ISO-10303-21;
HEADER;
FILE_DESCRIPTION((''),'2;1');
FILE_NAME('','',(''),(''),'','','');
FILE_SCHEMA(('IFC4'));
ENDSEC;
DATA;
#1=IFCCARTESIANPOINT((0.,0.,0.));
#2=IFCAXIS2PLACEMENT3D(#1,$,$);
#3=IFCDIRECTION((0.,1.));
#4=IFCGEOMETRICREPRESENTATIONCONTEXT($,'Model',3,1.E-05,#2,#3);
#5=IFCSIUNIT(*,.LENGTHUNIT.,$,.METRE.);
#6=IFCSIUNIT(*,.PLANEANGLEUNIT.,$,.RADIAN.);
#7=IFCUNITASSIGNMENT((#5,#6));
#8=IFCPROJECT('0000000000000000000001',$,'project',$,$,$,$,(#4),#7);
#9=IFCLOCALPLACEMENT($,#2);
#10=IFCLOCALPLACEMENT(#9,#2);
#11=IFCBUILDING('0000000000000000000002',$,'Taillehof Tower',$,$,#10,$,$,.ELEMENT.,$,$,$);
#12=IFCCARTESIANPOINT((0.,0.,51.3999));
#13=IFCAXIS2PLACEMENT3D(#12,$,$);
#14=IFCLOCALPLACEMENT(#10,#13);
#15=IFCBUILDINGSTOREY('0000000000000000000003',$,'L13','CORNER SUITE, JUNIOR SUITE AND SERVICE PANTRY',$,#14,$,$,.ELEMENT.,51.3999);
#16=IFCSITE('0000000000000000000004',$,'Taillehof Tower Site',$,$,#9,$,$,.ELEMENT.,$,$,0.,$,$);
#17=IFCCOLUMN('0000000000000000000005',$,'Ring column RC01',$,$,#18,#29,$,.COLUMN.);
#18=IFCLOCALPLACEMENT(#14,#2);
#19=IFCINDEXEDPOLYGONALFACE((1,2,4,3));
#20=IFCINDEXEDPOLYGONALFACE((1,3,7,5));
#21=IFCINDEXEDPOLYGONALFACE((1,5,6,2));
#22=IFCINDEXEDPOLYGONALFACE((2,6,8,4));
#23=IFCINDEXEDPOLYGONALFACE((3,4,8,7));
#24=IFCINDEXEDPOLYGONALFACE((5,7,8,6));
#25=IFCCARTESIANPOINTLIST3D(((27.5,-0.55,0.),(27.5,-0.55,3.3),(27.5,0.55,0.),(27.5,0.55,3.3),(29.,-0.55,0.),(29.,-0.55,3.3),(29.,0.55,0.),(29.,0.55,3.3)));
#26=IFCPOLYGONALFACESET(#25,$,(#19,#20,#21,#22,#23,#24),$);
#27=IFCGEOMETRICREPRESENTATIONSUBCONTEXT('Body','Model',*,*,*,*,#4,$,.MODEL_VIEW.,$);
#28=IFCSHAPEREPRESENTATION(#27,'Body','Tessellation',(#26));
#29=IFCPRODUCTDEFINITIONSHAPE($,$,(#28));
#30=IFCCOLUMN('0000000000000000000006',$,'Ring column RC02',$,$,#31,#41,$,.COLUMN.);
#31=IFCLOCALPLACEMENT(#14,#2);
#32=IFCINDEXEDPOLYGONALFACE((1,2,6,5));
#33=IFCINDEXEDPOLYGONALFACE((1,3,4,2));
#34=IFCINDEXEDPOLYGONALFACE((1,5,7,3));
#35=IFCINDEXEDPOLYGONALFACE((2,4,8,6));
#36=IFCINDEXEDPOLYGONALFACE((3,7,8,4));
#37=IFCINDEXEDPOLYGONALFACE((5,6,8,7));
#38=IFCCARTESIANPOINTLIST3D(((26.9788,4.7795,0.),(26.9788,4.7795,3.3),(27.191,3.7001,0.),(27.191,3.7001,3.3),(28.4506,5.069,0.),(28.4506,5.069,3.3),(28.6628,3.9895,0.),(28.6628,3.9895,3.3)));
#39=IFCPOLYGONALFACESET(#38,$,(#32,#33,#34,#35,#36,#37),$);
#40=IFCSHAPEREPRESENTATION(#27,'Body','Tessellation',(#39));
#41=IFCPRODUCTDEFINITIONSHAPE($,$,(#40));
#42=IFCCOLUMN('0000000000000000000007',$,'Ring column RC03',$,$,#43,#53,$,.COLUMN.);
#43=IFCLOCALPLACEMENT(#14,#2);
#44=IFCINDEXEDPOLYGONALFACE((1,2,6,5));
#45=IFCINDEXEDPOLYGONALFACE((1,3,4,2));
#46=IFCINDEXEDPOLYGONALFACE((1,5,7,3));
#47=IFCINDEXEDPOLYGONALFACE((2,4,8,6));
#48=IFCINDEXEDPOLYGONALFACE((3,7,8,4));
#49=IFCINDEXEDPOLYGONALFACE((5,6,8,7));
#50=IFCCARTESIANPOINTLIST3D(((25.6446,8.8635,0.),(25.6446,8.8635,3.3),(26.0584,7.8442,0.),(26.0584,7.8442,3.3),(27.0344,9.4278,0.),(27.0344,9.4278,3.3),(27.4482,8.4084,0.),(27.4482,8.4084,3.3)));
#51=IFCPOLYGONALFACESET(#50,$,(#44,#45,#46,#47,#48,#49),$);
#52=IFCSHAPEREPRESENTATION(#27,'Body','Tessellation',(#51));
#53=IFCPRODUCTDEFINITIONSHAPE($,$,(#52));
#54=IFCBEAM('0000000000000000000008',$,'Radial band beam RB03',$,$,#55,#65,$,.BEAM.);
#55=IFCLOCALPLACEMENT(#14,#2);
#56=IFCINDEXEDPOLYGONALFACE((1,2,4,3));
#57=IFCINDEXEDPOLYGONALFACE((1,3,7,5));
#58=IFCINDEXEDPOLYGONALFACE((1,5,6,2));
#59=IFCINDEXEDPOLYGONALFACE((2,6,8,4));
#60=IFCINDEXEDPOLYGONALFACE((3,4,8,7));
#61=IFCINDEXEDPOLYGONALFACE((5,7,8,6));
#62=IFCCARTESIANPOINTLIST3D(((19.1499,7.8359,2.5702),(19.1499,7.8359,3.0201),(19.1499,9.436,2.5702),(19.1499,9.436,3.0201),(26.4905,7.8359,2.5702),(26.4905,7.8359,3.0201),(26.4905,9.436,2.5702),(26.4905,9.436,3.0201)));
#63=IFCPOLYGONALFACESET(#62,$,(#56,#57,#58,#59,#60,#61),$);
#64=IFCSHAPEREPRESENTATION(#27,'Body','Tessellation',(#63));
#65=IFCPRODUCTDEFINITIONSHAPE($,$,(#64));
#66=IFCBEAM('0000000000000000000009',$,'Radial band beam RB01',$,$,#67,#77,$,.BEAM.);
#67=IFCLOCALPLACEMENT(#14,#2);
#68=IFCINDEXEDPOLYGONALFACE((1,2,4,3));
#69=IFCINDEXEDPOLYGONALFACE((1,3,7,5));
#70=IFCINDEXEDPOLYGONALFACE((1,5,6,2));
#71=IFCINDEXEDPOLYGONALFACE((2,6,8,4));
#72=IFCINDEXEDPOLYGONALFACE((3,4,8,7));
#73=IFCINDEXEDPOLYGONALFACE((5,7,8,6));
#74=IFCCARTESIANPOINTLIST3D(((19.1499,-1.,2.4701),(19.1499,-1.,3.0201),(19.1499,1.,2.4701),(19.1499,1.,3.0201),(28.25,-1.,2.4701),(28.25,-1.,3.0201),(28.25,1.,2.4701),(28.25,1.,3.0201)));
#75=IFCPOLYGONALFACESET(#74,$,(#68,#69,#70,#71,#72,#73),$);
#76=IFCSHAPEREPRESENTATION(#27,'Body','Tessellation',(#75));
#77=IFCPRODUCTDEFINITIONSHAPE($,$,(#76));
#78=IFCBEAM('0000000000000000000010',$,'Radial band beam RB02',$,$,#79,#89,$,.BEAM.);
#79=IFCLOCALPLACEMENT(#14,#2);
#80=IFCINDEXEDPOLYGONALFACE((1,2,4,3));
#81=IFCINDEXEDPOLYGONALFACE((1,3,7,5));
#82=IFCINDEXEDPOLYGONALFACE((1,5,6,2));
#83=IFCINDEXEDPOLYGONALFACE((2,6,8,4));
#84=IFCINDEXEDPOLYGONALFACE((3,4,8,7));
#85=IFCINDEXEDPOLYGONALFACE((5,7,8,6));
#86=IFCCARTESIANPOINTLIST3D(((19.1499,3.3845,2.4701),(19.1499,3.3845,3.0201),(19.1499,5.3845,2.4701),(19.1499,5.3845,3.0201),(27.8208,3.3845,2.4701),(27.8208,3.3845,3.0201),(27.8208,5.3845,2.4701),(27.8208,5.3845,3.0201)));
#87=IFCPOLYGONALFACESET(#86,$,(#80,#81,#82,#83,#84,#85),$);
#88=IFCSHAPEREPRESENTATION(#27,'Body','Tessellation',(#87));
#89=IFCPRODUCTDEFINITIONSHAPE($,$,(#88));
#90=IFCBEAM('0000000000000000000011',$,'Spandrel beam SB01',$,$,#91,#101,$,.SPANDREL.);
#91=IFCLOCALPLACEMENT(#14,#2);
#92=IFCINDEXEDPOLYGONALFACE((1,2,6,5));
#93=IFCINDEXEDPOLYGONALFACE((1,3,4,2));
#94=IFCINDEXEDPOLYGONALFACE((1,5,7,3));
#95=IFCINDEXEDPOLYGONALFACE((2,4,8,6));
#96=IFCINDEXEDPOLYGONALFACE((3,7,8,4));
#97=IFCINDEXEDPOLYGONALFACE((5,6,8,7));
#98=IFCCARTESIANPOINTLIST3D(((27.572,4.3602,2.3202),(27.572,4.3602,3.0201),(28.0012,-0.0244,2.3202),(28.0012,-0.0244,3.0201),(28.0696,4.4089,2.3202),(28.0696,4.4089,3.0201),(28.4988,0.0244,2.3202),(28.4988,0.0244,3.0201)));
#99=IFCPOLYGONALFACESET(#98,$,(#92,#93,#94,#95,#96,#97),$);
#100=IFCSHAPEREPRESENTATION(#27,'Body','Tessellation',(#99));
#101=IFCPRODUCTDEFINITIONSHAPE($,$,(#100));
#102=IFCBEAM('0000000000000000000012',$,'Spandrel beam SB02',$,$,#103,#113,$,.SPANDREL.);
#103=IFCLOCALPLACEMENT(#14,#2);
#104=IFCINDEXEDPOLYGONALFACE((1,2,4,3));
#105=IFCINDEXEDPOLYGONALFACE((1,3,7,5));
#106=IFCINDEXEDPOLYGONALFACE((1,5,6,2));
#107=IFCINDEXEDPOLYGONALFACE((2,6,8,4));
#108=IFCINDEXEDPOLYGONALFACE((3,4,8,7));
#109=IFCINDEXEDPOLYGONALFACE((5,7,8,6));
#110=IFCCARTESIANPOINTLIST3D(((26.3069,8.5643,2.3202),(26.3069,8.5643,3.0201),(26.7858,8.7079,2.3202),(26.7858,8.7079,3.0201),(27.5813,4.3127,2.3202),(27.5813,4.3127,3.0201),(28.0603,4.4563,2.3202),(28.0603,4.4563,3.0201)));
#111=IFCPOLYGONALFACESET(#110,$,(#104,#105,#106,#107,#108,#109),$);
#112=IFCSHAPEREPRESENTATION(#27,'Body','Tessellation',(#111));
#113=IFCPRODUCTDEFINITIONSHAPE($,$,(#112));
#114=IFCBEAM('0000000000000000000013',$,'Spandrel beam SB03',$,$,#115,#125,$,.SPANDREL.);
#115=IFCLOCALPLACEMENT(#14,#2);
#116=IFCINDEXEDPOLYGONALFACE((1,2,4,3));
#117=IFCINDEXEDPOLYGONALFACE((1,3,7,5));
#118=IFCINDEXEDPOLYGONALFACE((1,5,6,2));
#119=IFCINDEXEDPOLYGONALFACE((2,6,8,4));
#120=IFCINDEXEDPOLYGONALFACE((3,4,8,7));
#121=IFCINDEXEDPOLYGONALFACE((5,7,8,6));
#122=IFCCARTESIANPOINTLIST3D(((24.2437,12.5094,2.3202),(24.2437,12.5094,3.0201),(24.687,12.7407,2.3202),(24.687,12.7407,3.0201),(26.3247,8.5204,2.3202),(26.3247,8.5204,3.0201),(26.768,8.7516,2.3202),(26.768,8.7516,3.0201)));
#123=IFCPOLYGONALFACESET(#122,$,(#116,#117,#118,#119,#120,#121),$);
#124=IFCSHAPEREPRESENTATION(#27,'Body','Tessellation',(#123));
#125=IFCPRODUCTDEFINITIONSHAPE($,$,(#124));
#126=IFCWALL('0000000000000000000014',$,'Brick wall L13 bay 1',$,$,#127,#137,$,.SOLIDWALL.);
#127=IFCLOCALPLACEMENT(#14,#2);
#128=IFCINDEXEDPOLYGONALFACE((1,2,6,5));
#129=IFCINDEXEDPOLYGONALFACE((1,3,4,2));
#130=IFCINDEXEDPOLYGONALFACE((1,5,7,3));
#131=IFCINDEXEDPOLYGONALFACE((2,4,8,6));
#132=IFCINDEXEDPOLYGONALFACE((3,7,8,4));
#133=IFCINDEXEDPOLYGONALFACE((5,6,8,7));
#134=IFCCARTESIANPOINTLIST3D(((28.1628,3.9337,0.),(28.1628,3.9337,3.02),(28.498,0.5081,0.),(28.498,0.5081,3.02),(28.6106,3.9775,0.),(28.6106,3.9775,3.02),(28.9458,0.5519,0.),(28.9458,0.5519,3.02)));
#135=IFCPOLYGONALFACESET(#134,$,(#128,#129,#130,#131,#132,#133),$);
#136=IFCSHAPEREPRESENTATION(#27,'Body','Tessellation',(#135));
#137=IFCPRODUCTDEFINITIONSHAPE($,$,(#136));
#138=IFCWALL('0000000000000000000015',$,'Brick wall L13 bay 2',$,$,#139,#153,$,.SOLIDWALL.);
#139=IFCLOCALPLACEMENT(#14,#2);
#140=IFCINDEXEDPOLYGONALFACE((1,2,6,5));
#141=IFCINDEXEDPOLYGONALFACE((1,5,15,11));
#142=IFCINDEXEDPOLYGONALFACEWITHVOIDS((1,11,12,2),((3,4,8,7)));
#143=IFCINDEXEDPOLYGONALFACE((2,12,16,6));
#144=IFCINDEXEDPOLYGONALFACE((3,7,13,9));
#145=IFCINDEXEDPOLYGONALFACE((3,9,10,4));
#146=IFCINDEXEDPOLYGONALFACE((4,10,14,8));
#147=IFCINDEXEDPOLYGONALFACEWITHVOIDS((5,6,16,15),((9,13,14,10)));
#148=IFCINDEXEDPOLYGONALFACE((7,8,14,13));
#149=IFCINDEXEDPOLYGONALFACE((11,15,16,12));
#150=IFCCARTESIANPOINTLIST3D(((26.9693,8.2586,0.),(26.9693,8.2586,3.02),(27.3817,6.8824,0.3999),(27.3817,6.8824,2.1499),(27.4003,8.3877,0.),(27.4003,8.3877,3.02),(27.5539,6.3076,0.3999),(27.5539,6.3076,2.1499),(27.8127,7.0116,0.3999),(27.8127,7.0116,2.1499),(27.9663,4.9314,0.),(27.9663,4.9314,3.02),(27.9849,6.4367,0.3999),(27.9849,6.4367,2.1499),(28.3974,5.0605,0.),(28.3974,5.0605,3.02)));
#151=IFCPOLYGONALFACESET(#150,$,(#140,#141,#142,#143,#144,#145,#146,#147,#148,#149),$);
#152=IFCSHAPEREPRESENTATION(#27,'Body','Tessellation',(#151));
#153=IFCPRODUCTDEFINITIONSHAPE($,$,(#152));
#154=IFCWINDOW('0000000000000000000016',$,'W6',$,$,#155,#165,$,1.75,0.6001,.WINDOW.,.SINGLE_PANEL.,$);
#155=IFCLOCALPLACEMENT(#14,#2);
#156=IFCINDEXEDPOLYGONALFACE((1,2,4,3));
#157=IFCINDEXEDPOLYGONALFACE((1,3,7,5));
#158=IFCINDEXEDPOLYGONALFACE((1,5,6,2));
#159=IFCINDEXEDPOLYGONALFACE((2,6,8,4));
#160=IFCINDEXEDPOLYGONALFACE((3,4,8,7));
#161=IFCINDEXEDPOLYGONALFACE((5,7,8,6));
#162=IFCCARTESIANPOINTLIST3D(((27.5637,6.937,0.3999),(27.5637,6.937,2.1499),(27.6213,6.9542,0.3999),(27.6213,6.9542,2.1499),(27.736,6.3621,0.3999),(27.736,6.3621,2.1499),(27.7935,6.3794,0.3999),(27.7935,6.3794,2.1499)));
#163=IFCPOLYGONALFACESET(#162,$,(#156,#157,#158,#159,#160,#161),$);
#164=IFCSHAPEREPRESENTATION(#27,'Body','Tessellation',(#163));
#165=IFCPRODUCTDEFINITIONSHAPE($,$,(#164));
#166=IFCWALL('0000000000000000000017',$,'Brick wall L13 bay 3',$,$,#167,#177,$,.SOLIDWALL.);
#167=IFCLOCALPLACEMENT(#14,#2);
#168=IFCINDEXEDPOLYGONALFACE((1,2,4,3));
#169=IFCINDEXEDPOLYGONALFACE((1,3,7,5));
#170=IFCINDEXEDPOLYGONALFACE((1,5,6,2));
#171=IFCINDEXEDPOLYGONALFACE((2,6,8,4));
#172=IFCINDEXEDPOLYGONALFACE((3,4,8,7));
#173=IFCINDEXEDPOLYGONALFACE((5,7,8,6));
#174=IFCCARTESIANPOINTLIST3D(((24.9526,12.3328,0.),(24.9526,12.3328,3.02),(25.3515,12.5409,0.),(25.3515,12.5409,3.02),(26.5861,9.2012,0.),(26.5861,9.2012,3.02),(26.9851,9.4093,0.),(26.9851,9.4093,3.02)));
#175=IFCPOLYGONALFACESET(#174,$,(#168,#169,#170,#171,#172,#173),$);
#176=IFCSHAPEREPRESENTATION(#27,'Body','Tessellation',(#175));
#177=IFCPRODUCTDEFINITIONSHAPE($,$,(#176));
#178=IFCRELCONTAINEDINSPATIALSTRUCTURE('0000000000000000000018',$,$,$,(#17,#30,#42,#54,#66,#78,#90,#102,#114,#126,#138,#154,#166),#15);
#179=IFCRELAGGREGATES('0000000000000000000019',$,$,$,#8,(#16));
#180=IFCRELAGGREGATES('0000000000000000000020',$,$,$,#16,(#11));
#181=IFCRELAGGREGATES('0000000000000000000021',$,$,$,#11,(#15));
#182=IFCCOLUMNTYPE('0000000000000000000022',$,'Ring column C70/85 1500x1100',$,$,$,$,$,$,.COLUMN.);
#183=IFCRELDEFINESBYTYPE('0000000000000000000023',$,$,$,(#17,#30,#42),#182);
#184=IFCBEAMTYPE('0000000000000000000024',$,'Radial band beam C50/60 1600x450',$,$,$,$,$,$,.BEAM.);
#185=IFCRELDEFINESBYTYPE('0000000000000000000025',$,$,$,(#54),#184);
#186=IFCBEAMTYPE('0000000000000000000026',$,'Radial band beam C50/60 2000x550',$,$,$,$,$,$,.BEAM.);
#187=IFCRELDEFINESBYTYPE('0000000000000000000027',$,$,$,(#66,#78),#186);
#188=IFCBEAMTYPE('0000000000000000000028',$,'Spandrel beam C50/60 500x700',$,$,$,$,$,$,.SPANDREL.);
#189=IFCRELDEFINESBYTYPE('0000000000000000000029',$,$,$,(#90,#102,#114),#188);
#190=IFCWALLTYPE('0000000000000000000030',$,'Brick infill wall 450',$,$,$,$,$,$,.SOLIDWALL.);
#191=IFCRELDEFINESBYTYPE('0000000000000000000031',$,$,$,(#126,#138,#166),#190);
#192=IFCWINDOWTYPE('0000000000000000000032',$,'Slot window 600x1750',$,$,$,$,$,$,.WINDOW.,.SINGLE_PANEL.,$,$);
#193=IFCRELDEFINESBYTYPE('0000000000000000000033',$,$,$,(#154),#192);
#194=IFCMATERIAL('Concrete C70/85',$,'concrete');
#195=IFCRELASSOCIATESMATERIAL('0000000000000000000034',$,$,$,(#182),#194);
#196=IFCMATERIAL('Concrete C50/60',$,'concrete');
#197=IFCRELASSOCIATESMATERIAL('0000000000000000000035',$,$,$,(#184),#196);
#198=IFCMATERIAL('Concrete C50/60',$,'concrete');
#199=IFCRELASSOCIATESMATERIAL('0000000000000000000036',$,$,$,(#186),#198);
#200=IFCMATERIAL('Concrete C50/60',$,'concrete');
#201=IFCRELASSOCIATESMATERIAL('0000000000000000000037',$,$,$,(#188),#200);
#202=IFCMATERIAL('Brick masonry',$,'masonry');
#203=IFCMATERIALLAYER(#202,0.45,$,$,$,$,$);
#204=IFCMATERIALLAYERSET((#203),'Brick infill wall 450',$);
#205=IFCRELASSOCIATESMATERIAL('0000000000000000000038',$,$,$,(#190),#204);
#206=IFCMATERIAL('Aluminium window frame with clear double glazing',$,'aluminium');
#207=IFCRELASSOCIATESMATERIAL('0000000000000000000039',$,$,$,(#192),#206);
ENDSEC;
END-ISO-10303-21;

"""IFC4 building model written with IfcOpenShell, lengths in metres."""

from ifc_helpers import new_model, si_unit, direction, frame, frame_2d, origin, origin_2d, place, context, subcontext, project, spatial, rectangle, extrude, material, layer, layer_set, material_profile, profile_set, type_object, element, fill, save


model = new_model("IFC4")

# Units and contexts
model_context = context("Model", 3, precision=1e-05, world=origin(), true_north=direction((0.0, 1.0)))
body_context = subcontext(model_context, "Body", "Model", "MODEL_VIEW")
ifc_project = project(units=[si_unit("LENGTHUNIT", "METRE"), si_unit("PLANEANGLEUNIT", "RADIAN")], contexts=[model_context])

# Site, building, storey
site_placement = place(None, origin())
site = spatial("IfcSite", under=ifc_project, at=site_placement, Name="Taillehof Tower Site", CompositionType="ELEMENT", RefElevation=0.0)
building_placement = place(site_placement, origin())
building = spatial("IfcBuilding", under=site, at=building_placement, Name="Taillehof Tower", CompositionType="ELEMENT")
storey_placement = place(building_placement, frame((0.0, 0.0, 51.3999)))
storey = spatial("IfcBuildingStorey", under=building, at=storey_placement, Name="L13", Description="CORNER SUITE, JUNIOR SUITE AND SERVICE PANTRY", CompositionType="ELEMENT", Elevation=51.3999)

# Columns
ifc_material_1 = material(Name="Concrete C70/85", Category="concrete")
ifc_material_profile_1 = material_profile(ifc_material_1, rectangle(XDim=1.5, YDim=1.1001, at=origin_2d()), Name="RC 1500x1100")
ifc_profile_set_1 = profile_set([ifc_material_profile_1], Name="Concrete C70/85")
column_type = type_object("IfcColumnType", Name="Ring column C70/85 1500x1100", PredefinedType="COLUMN", material=ifc_profile_set_1)
for number, where, z_axis, x_axis, name in (
    (1, (28.25, 0.0, 0.0), (0.0, 0.0, 1.0), (1.0, 0.0, 0.0), "Ring column RC01"),
    (2, (27.8208, 4.3845, 0.0), (0.0, 0.0, 1.0), (0.981204, 0.192976, 0.0), "Ring column RC02"),
    (3, (26.5464, 8.636, 0.0), (0.0, 0.0, 1.0), (0.926558, 0.376152, 0.0), "Ring column RC03"),
):
    element("IfcColumn", number, at=place(storey_placement, frame(where, z_axis=z_axis, x_axis=x_axis)), inside=storey, type_object=column_type, Name=name, PredefinedType="COLUMN", context=body_context, shape_type="SweptSolid", body=[
        extrude(rectangle(XDim=1.5, YDim=1.1001, at=origin_2d()), origin(), (0.0, 0.0, 1.0), 3.3),
    ])

# Beams
ifc_material_2 = material(Name="Concrete C50/60", Category="concrete")
ifc_material_profile_2 = material_profile(ifc_material_2, rectangle(XDim=1.6001, YDim=0.45, at=origin_2d()), Name="RC 1600x450")
ifc_profile_set_2 = profile_set([ifc_material_profile_2], Name="Concrete C50/60")
beam_type_1 = type_object("IfcBeamType", Name="Radial band beam C50/60 1600x450", PredefinedType="BEAM", material=ifc_profile_set_2)
beam_1_placement = place(storey_placement, frame((26.4905, 8.636, 2.7952), z_axis=(-1.0, 0.0, 0.0), x_axis=(0.0, -1.0, 0.0)))
element("IfcBeam", 4, at=beam_1_placement, inside=storey, type_object=beam_type_1, Name="Radial band beam RB03", PredefinedType="BEAM", context=body_context, shape_type="SweptSolid", body=[
    extrude(rectangle(XDim=1.6001, YDim=0.45, at=origin_2d()), origin(), (0.0, 0.0, 1.0), 7.3406),
])
ifc_material_3 = material(Name="Concrete C50/60", Category="concrete")
ifc_material_profile_3 = material_profile(ifc_material_3, rectangle(XDim=2.0, YDim=0.55, at=origin_2d()), Name="RC 2000x550")
ifc_profile_set_3 = profile_set([ifc_material_profile_3], Name="Concrete C50/60")
beam_type_2 = type_object("IfcBeamType", Name="Radial band beam C50/60 2000x550", PredefinedType="BEAM", material=ifc_profile_set_3)
beam_2_placement = place(storey_placement, frame((28.25, 0.0, 2.7451), z_axis=(-1.0, 0.0, 0.0), x_axis=(0.0, -1.0, 0.0)))
element("IfcBeam", 5, at=beam_2_placement, inside=storey, type_object=beam_type_2, Name="Radial band beam RB01", PredefinedType="BEAM", context=body_context, shape_type="SweptSolid", body=[
    extrude(rectangle(XDim=2.0, YDim=0.55, at=origin_2d()), origin(), (0.0, 0.0, 1.0), 9.1001),
])
beam_3_placement = place(storey_placement, frame((27.8208, 4.3845, 2.7451), z_axis=(-1.0, 0.0, 0.0), x_axis=(0.0, -1.0, 0.0)))
element("IfcBeam", 6, at=beam_3_placement, inside=storey, type_object=beam_type_2, Name="Radial band beam RB02", PredefinedType="BEAM", context=body_context, shape_type="SweptSolid", body=[
    extrude(rectangle(XDim=2.0, YDim=0.55, at=origin_2d()), origin(), (0.0, 0.0, 1.0), 8.6709),
])
ifc_material_4 = material(Name="Concrete C50/60", Category="concrete")
ifc_material_profile_4 = material_profile(ifc_material_4, rectangle(XDim=0.5, YDim=0.7, at=origin_2d()), Name="RC 500x700")
ifc_profile_set_4 = profile_set([ifc_material_profile_4], Name="Concrete C50/60")
beam_type_3 = type_object("IfcBeamType", Name="Spandrel beam C50/60 500x700", PredefinedType="SPANDREL", material=ifc_profile_set_4)
beam_4_placement = place(storey_placement, frame((28.25, 0.0, 2.6702), z_axis=(-0.097424, 0.995243, 0.0), x_axis=(-0.995243, -0.097424, 0.0)))
element("IfcBeam", 7, at=beam_4_placement, inside=storey, type_object=beam_type_3, Name="Spandrel beam SB01", PredefinedType="SPANDREL", context=body_context, shape_type="SweptSolid", body=[
    extrude(rectangle(XDim=0.5, YDim=0.7, at=origin_2d()), origin(), (0.0, 0.0, 1.0), 4.4055),
])
beam_5_placement = place(storey_placement, frame((27.8208, 4.3845, 2.6702), z_axis=(-0.287136, 0.95789, 0.0), x_axis=(-0.95789, -0.287136, 0.0)))
element("IfcBeam", 8, at=beam_5_placement, inside=storey, type_object=beam_type_3, Name="Spandrel beam SB02", PredefinedType="SPANDREL", context=body_context, shape_type="SweptSolid", body=[
    extrude(rectangle(XDim=0.5, YDim=0.7, at=origin_2d()), origin(), (0.0, 0.0, 1.0), 4.4385),
])
beam_6_placement = place(storey_placement, frame((26.5464, 8.636, 2.6702), z_axis=(-0.462536, 0.8866, 0.0), x_axis=(-0.8866, -0.462536, 0.0)))
element("IfcBeam", 9, at=beam_6_placement, inside=storey, type_object=beam_type_3, Name="Spandrel beam SB03", PredefinedType="SPANDREL", context=body_context, shape_type="SweptSolid", body=[
    extrude(rectangle(XDim=0.5, YDim=0.7, at=origin_2d()), origin(), (0.0, 0.0, 1.0), 4.4993),
])

# Wall
ifc_material_5 = material(Name="Brick masonry", Category="masonry")
ifc_layer_1 = layer(ifc_material_5, 0.45)
ifc_layer_set_1 = layer_set([ifc_layer_1], Name="Brick infill wall 450")
wall_type_1 = type_object("IfcWallType", Name="Brick infill wall 450", PredefinedType="SOLIDWALL", material=ifc_layer_set_1)
wall_1_placement = place(storey_placement, frame((28.7219, 0.53, 0.0), z_axis=(0.0, 0.0, 1.0), x_axis=(-0.09739, 0.995246, 0.0)))
element("IfcWall", 10, at=wall_1_placement, inside=storey, type_object=wall_type_1, Name="Brick wall L13 bay 1", PredefinedType="SOLIDWALL", context=body_context, shape_type="SweptSolid", body=[
    extrude(rectangle(XDim=3.4419, YDim=0.45, at=frame_2d((1.7209, 0.0))), origin(), (0.0, 0.0, 1.0), 3.02),
])

# Wall, opening, window
wall_2_placement = place(storey_placement, frame((28.1819, 4.9958, 0.0), z_axis=(0.0, 0.0, 1.0), x_axis=(-0.287064, 0.957911, 0.0)))
wall_2 = element("IfcWall", 11, at=wall_2_placement, inside=storey, type_object=wall_type_1, Name="Brick wall L13 bay 2", PredefinedType="SOLIDWALL", context=body_context, shape_type="SweptSolid", body=[
    extrude(rectangle(XDim=3.4734, YDim=0.45, at=frame_2d((1.7368, 0.0))), origin(), (0.0, 0.0, 1.0), 3.02),
])
opening_1_placement = place(wall_2_placement, frame((1.4368, 0.0, 0.3999)))
opening_1 = element("IfcOpeningElement", 12, at=opening_1_placement, cuts=wall_2, PredefinedType="OPENING", context=body_context, shape_type="SweptSolid", body=[
    extrude(rectangle(XDim=0.6001, YDim=1.75, at=frame_2d((0.3, 0.875))), frame((0.0, 0.2349, 0.0), z_axis=(0.0, -1.0, 0.0), x_axis=(1.0, 0.0, 0.0)), (0.0, 0.0, 1.0), 0.47),
])
ifc_material_6 = material(Name="Aluminium window frame with clear double glazing", Category="aluminium")
window_type = type_object("IfcWindowType", Name="Slot window 600x1750", PartitioningType="SINGLE_PANEL", PredefinedType="WINDOW", material=ifc_material_6)
window_placement = place(opening_1_placement, origin())
window = element("IfcWindow", 13, at=window_placement, inside=storey, type_object=window_type, Name="W6", OverallHeight=1.75, OverallWidth=0.6001, PartitioningType="SINGLE_PANEL", PredefinedType="WINDOW", context=body_context, shape_type="SweptSolid", body=[
    extrude(rectangle(XDim=0.6001, YDim=1.75, at=frame_2d((0.3, 0.875))), frame((0.0, 0.0349, 0.0), z_axis=(0.0, -1.0, 0.0), x_axis=(1.0, 0.0, 0.0)), (0.0, 0.0, 1.0), 0.0601),
])
fill(opening_1, window)

# Wall
wall_3_placement = place(storey_placement, frame((26.7856, 9.3052, 0.0), z_axis=(0.0, 0.0, 1.0), x_axis=(-0.462493, 0.886623, 0.0)))
element("IfcWall", 14, at=wall_3_placement, inside=storey, type_object=wall_type_1, Name="Brick wall L13 bay 3", PredefinedType="SOLIDWALL", context=body_context, shape_type="SweptSolid", body=[
    extrude(rectangle(XDim=3.532, YDim=0.45, at=frame_2d((1.7661, 0.0))), origin(), (0.0, 0.0, 1.0), 3.02),
])

save(model, "model.ifc")
